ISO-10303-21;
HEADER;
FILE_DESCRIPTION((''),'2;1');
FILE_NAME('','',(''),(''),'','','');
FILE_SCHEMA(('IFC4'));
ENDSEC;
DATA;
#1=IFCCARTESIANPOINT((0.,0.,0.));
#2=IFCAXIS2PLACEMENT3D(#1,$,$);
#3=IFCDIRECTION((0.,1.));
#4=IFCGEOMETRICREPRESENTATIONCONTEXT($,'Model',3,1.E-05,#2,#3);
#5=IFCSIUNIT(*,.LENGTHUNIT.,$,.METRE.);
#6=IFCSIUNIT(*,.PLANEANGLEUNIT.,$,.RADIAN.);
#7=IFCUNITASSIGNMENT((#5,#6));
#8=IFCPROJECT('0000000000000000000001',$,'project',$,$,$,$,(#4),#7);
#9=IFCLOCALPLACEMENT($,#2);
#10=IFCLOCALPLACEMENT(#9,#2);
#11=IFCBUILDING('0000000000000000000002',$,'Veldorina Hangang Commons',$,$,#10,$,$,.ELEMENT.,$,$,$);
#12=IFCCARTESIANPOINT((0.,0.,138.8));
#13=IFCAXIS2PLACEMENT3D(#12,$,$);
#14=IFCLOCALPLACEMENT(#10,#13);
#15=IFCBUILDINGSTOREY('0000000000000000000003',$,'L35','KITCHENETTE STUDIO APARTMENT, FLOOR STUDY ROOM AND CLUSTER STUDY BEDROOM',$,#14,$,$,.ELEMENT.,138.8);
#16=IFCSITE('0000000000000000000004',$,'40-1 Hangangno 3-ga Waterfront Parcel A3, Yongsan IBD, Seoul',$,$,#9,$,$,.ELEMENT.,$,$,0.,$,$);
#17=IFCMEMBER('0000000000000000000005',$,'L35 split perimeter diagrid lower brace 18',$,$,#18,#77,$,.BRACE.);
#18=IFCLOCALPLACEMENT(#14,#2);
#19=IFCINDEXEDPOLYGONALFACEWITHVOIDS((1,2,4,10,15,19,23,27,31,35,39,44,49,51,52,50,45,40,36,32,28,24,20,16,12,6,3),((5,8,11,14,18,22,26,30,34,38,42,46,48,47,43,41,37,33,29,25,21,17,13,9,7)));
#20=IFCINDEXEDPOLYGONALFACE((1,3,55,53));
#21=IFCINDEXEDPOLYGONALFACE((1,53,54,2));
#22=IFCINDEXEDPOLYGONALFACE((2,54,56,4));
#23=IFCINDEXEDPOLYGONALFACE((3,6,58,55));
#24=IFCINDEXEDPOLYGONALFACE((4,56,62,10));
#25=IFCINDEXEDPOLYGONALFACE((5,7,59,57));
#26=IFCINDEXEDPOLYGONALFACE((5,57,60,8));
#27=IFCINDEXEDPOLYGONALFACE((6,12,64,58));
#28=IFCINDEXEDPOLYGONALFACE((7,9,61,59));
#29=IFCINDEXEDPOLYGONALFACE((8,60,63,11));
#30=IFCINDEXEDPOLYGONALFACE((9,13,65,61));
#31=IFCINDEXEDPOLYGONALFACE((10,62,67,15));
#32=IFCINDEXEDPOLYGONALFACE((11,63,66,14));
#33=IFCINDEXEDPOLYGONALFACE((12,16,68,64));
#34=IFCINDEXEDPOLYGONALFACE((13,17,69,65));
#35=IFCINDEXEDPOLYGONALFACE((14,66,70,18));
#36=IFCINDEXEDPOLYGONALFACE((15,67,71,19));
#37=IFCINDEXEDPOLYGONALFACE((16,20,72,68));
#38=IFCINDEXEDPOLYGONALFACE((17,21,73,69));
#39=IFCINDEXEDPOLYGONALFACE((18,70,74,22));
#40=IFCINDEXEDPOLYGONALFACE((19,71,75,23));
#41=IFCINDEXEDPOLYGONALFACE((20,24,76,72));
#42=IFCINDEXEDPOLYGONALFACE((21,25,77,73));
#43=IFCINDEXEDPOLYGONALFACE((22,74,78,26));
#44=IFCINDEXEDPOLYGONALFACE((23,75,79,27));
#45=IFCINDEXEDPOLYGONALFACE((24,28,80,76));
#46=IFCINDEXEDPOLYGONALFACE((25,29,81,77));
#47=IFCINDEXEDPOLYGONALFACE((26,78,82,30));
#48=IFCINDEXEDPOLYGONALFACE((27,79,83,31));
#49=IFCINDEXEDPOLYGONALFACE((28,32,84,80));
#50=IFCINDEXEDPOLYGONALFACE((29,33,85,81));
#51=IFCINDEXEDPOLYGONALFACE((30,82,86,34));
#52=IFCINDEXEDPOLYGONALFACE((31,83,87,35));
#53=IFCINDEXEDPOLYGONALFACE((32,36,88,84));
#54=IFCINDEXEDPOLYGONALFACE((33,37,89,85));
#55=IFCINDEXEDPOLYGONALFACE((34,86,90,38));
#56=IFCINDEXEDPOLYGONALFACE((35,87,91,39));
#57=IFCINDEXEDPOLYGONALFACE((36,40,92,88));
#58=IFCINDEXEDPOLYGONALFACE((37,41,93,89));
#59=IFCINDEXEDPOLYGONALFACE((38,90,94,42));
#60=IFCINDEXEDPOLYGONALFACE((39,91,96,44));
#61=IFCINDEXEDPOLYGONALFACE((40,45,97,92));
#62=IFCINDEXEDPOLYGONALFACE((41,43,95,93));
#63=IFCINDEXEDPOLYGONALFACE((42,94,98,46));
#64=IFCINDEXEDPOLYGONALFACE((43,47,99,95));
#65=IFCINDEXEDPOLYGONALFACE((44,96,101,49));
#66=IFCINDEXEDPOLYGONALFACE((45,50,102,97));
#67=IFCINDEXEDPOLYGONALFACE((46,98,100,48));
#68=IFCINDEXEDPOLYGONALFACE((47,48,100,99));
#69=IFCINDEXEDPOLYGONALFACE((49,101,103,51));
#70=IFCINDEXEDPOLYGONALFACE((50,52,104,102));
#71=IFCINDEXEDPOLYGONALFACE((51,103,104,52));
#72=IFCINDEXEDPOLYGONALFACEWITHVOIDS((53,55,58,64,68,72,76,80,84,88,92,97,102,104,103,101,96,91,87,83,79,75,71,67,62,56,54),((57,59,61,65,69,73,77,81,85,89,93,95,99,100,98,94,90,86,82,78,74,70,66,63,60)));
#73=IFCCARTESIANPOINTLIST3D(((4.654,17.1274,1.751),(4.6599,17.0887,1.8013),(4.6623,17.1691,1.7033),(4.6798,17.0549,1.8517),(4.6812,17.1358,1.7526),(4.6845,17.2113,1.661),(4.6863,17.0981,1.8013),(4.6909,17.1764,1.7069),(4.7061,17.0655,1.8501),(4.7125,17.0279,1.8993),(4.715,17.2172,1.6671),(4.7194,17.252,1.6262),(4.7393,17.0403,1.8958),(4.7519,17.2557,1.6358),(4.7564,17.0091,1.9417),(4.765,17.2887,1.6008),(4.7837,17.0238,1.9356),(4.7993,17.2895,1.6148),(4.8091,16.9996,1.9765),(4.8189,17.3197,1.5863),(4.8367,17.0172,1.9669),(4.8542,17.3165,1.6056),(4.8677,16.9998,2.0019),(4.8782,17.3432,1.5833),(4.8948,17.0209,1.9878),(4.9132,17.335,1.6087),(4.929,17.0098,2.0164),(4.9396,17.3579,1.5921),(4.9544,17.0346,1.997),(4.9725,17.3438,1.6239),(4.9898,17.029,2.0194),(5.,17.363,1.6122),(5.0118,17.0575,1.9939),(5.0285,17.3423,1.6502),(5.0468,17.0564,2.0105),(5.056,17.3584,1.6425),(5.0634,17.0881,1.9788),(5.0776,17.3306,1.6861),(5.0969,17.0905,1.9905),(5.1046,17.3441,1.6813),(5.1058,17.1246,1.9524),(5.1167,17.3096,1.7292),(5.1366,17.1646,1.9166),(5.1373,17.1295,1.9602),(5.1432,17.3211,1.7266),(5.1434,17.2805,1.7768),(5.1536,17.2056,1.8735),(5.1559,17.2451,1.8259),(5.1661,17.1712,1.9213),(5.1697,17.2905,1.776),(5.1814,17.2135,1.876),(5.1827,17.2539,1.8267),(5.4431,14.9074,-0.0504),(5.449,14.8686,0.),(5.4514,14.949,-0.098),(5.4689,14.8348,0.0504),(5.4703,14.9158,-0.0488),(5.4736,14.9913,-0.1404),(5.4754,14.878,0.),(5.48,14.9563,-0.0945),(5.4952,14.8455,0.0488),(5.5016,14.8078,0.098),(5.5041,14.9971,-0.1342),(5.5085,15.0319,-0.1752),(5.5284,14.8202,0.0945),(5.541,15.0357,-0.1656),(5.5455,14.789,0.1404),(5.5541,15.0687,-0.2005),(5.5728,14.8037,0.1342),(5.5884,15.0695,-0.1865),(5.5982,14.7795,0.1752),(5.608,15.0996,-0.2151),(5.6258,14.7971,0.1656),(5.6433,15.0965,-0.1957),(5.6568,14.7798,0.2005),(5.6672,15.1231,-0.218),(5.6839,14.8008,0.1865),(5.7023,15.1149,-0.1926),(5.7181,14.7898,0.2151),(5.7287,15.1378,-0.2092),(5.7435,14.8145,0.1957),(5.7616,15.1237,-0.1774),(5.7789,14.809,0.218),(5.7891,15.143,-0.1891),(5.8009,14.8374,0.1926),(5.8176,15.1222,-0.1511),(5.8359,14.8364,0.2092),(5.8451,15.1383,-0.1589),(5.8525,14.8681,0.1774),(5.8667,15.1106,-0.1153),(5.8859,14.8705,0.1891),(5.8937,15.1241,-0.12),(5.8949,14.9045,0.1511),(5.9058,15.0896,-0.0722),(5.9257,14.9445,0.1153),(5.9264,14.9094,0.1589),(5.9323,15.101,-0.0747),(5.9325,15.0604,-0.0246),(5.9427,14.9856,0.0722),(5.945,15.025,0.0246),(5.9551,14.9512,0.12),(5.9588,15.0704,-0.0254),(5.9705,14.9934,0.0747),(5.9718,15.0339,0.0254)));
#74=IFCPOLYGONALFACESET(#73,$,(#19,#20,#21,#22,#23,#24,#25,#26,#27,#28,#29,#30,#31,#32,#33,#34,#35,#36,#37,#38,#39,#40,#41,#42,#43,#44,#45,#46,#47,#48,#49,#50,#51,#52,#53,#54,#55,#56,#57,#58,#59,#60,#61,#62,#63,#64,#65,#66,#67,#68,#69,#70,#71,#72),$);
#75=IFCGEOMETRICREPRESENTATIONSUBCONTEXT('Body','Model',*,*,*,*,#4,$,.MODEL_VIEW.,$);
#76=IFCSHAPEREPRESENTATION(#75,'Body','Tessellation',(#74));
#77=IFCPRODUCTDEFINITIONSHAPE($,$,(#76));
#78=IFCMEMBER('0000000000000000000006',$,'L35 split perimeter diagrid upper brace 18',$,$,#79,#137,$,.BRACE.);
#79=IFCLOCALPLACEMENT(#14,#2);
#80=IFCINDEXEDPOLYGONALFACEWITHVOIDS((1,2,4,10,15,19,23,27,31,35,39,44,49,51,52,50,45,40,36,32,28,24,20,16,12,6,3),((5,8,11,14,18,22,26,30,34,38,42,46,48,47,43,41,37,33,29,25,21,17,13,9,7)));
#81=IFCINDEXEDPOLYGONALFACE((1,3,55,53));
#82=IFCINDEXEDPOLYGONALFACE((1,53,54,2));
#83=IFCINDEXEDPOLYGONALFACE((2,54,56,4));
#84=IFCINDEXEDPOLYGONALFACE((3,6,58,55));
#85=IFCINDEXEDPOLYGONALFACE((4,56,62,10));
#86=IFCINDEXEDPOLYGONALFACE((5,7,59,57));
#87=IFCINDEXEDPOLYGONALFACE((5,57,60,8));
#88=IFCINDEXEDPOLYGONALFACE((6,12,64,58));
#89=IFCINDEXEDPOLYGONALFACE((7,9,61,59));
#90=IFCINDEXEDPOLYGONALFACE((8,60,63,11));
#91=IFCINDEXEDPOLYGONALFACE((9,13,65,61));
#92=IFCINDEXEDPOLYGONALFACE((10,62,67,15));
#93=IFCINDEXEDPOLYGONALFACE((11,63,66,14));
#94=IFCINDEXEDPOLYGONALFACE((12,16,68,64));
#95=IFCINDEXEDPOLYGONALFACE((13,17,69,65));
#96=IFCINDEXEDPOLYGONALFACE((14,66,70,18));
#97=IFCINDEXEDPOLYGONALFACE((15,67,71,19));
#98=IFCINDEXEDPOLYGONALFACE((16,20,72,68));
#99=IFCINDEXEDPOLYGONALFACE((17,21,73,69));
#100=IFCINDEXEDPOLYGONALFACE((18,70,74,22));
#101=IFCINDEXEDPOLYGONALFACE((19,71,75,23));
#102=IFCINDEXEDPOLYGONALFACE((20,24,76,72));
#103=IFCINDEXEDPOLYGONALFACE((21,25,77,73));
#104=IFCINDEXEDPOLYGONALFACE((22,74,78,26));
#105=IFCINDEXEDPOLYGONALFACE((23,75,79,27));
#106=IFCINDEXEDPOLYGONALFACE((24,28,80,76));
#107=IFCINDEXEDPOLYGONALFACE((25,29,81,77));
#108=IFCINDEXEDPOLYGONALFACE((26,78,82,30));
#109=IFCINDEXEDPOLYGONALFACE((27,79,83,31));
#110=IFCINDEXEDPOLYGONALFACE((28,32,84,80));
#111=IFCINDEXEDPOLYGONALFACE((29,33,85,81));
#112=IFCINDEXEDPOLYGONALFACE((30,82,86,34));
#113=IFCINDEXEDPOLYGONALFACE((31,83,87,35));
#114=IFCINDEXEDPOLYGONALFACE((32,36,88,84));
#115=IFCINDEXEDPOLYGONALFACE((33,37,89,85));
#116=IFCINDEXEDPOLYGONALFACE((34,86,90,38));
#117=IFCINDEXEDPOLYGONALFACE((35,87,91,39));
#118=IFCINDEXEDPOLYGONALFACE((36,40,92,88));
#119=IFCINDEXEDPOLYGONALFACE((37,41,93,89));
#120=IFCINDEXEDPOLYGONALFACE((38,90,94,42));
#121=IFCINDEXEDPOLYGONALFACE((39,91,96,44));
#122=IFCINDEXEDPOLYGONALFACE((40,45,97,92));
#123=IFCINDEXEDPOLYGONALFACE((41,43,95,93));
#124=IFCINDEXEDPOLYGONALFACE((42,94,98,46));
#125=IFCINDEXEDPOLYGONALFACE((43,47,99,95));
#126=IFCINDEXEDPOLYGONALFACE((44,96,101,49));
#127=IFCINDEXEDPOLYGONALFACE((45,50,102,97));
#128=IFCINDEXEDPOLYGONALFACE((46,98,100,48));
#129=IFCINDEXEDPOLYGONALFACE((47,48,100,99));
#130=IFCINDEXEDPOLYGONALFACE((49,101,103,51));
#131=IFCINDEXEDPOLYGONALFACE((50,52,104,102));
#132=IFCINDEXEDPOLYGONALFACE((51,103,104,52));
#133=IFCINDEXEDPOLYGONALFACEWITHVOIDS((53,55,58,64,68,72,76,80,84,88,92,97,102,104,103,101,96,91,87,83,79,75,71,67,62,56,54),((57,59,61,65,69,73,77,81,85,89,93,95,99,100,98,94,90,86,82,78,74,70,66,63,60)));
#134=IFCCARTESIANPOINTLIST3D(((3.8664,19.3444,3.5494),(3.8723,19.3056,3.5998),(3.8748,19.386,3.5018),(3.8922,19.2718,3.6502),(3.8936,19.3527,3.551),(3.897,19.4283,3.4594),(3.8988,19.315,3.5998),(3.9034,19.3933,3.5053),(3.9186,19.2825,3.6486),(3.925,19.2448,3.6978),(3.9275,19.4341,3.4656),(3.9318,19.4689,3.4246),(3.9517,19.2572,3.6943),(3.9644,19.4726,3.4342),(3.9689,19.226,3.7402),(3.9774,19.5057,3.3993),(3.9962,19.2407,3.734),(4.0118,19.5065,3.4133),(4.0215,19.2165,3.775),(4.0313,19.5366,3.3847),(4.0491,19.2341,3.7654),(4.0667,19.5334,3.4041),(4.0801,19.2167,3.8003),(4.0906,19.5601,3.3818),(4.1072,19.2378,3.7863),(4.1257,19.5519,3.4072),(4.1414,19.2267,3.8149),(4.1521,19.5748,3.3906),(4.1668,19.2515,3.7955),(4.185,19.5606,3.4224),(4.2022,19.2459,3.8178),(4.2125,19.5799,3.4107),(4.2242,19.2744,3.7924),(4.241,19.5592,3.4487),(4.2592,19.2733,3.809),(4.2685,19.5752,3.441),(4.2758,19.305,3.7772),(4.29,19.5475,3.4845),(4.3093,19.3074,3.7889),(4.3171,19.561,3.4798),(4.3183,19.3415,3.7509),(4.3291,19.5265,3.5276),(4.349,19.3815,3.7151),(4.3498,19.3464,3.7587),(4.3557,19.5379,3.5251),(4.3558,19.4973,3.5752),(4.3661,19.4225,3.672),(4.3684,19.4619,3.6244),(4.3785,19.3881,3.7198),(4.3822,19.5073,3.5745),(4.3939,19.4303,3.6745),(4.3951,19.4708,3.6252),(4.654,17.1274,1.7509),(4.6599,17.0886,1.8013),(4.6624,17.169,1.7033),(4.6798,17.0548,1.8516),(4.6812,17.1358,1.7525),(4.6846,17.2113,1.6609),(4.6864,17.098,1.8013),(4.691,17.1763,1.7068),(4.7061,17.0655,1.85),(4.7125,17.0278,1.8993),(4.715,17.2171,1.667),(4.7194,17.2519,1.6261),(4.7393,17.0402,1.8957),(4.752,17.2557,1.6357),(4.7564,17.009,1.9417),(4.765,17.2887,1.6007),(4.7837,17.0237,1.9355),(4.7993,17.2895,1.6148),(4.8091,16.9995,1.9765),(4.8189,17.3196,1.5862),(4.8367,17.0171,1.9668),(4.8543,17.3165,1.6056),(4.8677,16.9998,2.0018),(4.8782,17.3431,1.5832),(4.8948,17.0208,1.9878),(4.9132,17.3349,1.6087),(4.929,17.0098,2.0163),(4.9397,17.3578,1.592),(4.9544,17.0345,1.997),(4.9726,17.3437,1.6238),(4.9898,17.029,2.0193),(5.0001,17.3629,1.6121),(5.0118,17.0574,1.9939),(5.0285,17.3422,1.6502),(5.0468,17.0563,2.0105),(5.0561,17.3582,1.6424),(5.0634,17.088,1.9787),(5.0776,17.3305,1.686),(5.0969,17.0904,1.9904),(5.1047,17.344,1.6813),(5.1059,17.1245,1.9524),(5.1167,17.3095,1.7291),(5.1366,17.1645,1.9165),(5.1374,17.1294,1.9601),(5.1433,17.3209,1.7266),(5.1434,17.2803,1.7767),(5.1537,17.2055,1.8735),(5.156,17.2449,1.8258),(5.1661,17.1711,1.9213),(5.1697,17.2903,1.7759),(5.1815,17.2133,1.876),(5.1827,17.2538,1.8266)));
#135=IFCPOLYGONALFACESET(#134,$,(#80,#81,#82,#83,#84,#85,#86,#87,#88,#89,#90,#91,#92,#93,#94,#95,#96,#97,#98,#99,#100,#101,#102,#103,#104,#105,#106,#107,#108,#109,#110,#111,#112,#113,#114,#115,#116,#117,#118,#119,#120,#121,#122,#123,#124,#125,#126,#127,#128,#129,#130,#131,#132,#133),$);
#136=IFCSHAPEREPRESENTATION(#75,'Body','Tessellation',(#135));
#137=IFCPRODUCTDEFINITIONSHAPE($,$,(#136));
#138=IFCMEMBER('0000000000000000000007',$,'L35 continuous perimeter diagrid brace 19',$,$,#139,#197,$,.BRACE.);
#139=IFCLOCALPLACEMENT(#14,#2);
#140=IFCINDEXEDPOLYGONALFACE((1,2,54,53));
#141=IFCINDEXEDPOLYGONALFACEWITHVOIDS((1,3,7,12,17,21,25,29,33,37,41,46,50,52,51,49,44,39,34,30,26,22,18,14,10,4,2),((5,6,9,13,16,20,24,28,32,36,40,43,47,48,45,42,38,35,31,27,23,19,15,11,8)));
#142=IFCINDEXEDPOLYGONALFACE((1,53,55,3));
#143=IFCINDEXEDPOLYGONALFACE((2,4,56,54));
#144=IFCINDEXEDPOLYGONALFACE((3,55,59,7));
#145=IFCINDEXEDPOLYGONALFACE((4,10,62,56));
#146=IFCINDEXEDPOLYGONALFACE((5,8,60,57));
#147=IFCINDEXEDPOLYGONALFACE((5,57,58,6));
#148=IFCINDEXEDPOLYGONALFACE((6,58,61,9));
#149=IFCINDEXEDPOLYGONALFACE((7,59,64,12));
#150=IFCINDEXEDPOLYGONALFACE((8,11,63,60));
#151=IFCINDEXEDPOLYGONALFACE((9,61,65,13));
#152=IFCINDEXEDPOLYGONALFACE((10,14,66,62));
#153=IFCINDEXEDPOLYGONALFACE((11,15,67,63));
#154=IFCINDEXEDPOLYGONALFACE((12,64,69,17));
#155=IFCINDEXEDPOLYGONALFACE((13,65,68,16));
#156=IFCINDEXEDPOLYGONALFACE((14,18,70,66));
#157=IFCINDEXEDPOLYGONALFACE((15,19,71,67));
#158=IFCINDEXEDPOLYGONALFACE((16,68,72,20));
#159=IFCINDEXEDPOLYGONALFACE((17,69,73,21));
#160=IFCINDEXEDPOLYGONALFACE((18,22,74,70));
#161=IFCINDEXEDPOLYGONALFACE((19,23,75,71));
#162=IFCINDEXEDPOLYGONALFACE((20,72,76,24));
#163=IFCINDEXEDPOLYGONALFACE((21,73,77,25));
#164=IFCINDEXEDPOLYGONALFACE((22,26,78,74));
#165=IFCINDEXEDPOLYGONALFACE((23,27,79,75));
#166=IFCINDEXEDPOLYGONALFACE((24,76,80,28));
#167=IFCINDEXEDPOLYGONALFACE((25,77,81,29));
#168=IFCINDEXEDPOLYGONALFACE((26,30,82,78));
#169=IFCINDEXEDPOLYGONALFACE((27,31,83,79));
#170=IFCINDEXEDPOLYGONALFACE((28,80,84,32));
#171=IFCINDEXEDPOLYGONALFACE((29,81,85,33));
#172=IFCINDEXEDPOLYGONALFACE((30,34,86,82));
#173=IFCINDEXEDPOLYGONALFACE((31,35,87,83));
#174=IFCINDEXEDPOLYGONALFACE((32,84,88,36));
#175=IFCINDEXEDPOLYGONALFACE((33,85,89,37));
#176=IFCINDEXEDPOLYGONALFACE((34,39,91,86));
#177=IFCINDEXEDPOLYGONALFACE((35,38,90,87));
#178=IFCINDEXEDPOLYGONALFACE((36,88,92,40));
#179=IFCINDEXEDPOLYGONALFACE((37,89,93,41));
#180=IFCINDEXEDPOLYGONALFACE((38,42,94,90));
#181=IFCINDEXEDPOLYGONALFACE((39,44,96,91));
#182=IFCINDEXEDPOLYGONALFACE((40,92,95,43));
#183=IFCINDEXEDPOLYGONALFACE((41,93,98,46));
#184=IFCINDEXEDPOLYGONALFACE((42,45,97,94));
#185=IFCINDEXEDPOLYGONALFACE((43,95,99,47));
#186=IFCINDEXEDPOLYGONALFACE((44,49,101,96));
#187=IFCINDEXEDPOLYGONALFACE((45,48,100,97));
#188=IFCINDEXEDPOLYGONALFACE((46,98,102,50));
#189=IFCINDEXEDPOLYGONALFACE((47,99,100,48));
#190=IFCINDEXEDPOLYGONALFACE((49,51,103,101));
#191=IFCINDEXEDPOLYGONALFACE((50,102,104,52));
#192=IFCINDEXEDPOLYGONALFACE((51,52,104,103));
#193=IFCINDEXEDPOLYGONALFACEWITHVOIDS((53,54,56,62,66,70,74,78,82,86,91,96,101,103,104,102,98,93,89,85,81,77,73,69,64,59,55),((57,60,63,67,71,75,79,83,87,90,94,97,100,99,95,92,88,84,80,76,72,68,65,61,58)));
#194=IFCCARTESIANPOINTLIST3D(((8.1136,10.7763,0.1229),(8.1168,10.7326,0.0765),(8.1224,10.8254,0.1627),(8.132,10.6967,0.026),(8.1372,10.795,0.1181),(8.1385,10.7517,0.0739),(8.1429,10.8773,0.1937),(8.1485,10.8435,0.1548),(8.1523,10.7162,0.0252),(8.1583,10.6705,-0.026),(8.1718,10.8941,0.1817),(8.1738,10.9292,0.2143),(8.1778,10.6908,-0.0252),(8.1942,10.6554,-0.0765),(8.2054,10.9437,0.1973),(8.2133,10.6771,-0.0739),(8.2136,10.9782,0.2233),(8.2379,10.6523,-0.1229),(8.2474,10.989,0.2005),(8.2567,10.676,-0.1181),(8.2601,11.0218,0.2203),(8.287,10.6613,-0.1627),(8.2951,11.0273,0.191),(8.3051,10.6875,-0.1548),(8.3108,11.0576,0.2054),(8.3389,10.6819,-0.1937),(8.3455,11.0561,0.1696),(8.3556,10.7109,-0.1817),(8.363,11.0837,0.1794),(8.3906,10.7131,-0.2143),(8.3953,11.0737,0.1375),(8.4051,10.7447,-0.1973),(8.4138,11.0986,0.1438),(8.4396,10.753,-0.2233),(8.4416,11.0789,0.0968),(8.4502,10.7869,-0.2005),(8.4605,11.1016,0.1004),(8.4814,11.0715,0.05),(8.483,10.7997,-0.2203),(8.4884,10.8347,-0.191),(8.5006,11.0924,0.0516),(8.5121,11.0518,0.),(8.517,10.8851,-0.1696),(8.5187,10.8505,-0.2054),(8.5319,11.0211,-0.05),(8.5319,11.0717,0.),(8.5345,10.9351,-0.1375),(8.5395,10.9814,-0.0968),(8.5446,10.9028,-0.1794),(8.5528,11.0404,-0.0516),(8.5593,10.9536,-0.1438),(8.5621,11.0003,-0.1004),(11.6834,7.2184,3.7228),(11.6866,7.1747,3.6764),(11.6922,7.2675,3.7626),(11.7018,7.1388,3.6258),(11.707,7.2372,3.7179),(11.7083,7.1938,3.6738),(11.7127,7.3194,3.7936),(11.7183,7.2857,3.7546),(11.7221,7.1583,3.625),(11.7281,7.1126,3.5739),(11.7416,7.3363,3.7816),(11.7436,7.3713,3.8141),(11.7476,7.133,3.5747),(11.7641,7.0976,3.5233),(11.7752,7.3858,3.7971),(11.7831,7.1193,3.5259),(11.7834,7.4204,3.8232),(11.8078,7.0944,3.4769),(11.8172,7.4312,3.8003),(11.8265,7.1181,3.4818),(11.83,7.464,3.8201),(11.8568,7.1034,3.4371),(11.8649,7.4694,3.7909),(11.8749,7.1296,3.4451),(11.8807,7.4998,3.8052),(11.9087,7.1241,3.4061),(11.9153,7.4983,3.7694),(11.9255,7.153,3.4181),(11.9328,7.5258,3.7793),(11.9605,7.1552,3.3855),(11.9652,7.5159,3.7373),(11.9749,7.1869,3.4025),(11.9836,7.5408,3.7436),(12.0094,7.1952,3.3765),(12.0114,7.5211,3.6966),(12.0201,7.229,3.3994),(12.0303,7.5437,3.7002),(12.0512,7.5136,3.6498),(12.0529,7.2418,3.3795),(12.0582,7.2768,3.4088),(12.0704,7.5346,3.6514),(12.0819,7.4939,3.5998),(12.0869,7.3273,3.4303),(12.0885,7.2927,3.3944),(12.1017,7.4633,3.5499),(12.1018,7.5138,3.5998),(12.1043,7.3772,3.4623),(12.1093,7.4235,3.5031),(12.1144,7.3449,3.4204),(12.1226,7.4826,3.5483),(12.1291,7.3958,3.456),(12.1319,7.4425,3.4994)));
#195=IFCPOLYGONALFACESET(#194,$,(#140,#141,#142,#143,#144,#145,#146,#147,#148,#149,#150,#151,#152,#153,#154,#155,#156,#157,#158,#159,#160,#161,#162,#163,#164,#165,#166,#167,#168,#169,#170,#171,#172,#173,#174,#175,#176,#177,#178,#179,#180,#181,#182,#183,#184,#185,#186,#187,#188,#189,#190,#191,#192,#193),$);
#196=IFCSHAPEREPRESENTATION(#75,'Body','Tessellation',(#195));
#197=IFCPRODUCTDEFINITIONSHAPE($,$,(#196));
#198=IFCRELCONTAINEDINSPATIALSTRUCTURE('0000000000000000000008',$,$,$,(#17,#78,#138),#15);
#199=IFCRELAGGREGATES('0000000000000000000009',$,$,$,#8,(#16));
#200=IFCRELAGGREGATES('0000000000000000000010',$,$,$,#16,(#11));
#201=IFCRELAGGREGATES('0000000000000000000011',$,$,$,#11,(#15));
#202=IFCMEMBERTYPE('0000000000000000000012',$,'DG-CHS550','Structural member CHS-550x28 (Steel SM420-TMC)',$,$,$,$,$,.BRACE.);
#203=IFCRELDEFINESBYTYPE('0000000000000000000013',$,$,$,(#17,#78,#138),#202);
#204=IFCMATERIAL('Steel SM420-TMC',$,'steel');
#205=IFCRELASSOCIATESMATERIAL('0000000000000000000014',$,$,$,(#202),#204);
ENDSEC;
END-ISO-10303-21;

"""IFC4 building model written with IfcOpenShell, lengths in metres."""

from ifc_helpers import new_model, si_unit, direction, frame, origin, origin_2d, place, context, subcontext, project, spatial, hollow_circle, extrude, material, material_profile, profile_set, type_object, element, save


model = new_model("IFC4")

# Units and contexts
model_context = context("Model", 3, precision=1e-05, world=origin(), true_north=direction((0.0, 1.0)))
body_context = subcontext(model_context, "Body", "Model", "MODEL_VIEW")
ifc_project = project(units=[si_unit("LENGTHUNIT", "METRE"), si_unit("PLANEANGLEUNIT", "RADIAN")], contexts=[model_context])

# Site, building, storey
site_placement = place(None, origin())
site = spatial("IfcSite", under=ifc_project, at=site_placement, Name="40-1 Hangangno 3-ga Waterfront Parcel A3, Yongsan IBD, Seoul", CompositionType="ELEMENT", RefElevation=0.0)
building_placement = place(site_placement, origin())
building = spatial("IfcBuilding", under=site, at=building_placement, Name="Veldorina Hangang Commons", CompositionType="ELEMENT")
storey_placement = place(building_placement, frame((0.0, 0.0, 138.8)))
storey = spatial("IfcBuildingStorey", under=building, at=storey_placement, Name="L35", Description="KITCHENETTE STUDIO APARTMENT, FLOOR STUDY ROOM AND CLUSTER STUDY BEDROOM", CompositionType="ELEMENT", Elevation=138.8)

# Shared definitions
ifc_material_1 = material(Name="Steel SM420-TMC", Category="steel")

# Members
ifc_material_profile_1 = material_profile(ifc_material_1, hollow_circle(Radius=0.2749, WallThickness=0.0281, at=origin_2d()), Name="CHS-550x28")
ifc_profile_set_1 = profile_set([ifc_material_profile_1], Name="Steel SM420-TMC")
member_type = type_object("IfcMemberType", Name="DG-CHS550", Description="Structural member CHS-550x28 (Steel SM420-TMC)", PredefinedType="BRACE", material=ifc_profile_set_1)
member_1_placement = place(storey_placement, frame((5.708, 14.9607, 0.0), z_axis=(-0.266062, 0.748545, 0.607364), x_axis=(-0.94225, -0.334912, 0.0)))
element("IfcMember", 1, at=member_1_placement, inside=storey, type_object=member_type, Name="L35 split perimeter diagrid lower brace 18", PredefinedType="BRACE", context=body_context, shape_type="SweptSolid", body=[
    extrude(hollow_circle(Radius=0.2749, WallThickness=0.0281, at=origin_2d()), origin(), (0.0, 0.0, 1.0), 2.9658),
])
member_2_placement = place(storey_placement, frame((4.9189, 17.1807, 1.8013), z_axis=(-0.265945, 0.748621, 0.607322), x_axis=(-0.942306, -0.334752, 0.0)))
element("IfcMember", 2, at=member_2_placement, inside=storey, type_object=member_type, Name="L35 split perimeter diagrid upper brace 18", PredefinedType="BRACE", context=body_context, shape_type="SweptSolid", body=[
    extrude(hollow_circle(Radius=0.2749, WallThickness=0.0281, at=origin_2d()), origin(), (0.0, 0.0, 1.0), 2.9614),
])
member_3_placement = place(storey_placement, frame((8.3379, 10.877, 0.0), z_axis=(0.576371, -0.574439, 0.581219), x_axis=(0.705919, 0.708293, 0.0)))
element("IfcMember", 3, at=member_3_placement, inside=storey, type_object=member_type, Name="L35 continuous perimeter diagrid brace 19", PredefinedType="BRACE", context=body_context, shape_type="SweptSolid", body=[
    extrude(hollow_circle(Radius=0.2749, WallThickness=0.0281, at=origin_2d()), origin(), (0.0, 0.0, 1.0), 6.1936),
])

save(model, "model.ifc")
